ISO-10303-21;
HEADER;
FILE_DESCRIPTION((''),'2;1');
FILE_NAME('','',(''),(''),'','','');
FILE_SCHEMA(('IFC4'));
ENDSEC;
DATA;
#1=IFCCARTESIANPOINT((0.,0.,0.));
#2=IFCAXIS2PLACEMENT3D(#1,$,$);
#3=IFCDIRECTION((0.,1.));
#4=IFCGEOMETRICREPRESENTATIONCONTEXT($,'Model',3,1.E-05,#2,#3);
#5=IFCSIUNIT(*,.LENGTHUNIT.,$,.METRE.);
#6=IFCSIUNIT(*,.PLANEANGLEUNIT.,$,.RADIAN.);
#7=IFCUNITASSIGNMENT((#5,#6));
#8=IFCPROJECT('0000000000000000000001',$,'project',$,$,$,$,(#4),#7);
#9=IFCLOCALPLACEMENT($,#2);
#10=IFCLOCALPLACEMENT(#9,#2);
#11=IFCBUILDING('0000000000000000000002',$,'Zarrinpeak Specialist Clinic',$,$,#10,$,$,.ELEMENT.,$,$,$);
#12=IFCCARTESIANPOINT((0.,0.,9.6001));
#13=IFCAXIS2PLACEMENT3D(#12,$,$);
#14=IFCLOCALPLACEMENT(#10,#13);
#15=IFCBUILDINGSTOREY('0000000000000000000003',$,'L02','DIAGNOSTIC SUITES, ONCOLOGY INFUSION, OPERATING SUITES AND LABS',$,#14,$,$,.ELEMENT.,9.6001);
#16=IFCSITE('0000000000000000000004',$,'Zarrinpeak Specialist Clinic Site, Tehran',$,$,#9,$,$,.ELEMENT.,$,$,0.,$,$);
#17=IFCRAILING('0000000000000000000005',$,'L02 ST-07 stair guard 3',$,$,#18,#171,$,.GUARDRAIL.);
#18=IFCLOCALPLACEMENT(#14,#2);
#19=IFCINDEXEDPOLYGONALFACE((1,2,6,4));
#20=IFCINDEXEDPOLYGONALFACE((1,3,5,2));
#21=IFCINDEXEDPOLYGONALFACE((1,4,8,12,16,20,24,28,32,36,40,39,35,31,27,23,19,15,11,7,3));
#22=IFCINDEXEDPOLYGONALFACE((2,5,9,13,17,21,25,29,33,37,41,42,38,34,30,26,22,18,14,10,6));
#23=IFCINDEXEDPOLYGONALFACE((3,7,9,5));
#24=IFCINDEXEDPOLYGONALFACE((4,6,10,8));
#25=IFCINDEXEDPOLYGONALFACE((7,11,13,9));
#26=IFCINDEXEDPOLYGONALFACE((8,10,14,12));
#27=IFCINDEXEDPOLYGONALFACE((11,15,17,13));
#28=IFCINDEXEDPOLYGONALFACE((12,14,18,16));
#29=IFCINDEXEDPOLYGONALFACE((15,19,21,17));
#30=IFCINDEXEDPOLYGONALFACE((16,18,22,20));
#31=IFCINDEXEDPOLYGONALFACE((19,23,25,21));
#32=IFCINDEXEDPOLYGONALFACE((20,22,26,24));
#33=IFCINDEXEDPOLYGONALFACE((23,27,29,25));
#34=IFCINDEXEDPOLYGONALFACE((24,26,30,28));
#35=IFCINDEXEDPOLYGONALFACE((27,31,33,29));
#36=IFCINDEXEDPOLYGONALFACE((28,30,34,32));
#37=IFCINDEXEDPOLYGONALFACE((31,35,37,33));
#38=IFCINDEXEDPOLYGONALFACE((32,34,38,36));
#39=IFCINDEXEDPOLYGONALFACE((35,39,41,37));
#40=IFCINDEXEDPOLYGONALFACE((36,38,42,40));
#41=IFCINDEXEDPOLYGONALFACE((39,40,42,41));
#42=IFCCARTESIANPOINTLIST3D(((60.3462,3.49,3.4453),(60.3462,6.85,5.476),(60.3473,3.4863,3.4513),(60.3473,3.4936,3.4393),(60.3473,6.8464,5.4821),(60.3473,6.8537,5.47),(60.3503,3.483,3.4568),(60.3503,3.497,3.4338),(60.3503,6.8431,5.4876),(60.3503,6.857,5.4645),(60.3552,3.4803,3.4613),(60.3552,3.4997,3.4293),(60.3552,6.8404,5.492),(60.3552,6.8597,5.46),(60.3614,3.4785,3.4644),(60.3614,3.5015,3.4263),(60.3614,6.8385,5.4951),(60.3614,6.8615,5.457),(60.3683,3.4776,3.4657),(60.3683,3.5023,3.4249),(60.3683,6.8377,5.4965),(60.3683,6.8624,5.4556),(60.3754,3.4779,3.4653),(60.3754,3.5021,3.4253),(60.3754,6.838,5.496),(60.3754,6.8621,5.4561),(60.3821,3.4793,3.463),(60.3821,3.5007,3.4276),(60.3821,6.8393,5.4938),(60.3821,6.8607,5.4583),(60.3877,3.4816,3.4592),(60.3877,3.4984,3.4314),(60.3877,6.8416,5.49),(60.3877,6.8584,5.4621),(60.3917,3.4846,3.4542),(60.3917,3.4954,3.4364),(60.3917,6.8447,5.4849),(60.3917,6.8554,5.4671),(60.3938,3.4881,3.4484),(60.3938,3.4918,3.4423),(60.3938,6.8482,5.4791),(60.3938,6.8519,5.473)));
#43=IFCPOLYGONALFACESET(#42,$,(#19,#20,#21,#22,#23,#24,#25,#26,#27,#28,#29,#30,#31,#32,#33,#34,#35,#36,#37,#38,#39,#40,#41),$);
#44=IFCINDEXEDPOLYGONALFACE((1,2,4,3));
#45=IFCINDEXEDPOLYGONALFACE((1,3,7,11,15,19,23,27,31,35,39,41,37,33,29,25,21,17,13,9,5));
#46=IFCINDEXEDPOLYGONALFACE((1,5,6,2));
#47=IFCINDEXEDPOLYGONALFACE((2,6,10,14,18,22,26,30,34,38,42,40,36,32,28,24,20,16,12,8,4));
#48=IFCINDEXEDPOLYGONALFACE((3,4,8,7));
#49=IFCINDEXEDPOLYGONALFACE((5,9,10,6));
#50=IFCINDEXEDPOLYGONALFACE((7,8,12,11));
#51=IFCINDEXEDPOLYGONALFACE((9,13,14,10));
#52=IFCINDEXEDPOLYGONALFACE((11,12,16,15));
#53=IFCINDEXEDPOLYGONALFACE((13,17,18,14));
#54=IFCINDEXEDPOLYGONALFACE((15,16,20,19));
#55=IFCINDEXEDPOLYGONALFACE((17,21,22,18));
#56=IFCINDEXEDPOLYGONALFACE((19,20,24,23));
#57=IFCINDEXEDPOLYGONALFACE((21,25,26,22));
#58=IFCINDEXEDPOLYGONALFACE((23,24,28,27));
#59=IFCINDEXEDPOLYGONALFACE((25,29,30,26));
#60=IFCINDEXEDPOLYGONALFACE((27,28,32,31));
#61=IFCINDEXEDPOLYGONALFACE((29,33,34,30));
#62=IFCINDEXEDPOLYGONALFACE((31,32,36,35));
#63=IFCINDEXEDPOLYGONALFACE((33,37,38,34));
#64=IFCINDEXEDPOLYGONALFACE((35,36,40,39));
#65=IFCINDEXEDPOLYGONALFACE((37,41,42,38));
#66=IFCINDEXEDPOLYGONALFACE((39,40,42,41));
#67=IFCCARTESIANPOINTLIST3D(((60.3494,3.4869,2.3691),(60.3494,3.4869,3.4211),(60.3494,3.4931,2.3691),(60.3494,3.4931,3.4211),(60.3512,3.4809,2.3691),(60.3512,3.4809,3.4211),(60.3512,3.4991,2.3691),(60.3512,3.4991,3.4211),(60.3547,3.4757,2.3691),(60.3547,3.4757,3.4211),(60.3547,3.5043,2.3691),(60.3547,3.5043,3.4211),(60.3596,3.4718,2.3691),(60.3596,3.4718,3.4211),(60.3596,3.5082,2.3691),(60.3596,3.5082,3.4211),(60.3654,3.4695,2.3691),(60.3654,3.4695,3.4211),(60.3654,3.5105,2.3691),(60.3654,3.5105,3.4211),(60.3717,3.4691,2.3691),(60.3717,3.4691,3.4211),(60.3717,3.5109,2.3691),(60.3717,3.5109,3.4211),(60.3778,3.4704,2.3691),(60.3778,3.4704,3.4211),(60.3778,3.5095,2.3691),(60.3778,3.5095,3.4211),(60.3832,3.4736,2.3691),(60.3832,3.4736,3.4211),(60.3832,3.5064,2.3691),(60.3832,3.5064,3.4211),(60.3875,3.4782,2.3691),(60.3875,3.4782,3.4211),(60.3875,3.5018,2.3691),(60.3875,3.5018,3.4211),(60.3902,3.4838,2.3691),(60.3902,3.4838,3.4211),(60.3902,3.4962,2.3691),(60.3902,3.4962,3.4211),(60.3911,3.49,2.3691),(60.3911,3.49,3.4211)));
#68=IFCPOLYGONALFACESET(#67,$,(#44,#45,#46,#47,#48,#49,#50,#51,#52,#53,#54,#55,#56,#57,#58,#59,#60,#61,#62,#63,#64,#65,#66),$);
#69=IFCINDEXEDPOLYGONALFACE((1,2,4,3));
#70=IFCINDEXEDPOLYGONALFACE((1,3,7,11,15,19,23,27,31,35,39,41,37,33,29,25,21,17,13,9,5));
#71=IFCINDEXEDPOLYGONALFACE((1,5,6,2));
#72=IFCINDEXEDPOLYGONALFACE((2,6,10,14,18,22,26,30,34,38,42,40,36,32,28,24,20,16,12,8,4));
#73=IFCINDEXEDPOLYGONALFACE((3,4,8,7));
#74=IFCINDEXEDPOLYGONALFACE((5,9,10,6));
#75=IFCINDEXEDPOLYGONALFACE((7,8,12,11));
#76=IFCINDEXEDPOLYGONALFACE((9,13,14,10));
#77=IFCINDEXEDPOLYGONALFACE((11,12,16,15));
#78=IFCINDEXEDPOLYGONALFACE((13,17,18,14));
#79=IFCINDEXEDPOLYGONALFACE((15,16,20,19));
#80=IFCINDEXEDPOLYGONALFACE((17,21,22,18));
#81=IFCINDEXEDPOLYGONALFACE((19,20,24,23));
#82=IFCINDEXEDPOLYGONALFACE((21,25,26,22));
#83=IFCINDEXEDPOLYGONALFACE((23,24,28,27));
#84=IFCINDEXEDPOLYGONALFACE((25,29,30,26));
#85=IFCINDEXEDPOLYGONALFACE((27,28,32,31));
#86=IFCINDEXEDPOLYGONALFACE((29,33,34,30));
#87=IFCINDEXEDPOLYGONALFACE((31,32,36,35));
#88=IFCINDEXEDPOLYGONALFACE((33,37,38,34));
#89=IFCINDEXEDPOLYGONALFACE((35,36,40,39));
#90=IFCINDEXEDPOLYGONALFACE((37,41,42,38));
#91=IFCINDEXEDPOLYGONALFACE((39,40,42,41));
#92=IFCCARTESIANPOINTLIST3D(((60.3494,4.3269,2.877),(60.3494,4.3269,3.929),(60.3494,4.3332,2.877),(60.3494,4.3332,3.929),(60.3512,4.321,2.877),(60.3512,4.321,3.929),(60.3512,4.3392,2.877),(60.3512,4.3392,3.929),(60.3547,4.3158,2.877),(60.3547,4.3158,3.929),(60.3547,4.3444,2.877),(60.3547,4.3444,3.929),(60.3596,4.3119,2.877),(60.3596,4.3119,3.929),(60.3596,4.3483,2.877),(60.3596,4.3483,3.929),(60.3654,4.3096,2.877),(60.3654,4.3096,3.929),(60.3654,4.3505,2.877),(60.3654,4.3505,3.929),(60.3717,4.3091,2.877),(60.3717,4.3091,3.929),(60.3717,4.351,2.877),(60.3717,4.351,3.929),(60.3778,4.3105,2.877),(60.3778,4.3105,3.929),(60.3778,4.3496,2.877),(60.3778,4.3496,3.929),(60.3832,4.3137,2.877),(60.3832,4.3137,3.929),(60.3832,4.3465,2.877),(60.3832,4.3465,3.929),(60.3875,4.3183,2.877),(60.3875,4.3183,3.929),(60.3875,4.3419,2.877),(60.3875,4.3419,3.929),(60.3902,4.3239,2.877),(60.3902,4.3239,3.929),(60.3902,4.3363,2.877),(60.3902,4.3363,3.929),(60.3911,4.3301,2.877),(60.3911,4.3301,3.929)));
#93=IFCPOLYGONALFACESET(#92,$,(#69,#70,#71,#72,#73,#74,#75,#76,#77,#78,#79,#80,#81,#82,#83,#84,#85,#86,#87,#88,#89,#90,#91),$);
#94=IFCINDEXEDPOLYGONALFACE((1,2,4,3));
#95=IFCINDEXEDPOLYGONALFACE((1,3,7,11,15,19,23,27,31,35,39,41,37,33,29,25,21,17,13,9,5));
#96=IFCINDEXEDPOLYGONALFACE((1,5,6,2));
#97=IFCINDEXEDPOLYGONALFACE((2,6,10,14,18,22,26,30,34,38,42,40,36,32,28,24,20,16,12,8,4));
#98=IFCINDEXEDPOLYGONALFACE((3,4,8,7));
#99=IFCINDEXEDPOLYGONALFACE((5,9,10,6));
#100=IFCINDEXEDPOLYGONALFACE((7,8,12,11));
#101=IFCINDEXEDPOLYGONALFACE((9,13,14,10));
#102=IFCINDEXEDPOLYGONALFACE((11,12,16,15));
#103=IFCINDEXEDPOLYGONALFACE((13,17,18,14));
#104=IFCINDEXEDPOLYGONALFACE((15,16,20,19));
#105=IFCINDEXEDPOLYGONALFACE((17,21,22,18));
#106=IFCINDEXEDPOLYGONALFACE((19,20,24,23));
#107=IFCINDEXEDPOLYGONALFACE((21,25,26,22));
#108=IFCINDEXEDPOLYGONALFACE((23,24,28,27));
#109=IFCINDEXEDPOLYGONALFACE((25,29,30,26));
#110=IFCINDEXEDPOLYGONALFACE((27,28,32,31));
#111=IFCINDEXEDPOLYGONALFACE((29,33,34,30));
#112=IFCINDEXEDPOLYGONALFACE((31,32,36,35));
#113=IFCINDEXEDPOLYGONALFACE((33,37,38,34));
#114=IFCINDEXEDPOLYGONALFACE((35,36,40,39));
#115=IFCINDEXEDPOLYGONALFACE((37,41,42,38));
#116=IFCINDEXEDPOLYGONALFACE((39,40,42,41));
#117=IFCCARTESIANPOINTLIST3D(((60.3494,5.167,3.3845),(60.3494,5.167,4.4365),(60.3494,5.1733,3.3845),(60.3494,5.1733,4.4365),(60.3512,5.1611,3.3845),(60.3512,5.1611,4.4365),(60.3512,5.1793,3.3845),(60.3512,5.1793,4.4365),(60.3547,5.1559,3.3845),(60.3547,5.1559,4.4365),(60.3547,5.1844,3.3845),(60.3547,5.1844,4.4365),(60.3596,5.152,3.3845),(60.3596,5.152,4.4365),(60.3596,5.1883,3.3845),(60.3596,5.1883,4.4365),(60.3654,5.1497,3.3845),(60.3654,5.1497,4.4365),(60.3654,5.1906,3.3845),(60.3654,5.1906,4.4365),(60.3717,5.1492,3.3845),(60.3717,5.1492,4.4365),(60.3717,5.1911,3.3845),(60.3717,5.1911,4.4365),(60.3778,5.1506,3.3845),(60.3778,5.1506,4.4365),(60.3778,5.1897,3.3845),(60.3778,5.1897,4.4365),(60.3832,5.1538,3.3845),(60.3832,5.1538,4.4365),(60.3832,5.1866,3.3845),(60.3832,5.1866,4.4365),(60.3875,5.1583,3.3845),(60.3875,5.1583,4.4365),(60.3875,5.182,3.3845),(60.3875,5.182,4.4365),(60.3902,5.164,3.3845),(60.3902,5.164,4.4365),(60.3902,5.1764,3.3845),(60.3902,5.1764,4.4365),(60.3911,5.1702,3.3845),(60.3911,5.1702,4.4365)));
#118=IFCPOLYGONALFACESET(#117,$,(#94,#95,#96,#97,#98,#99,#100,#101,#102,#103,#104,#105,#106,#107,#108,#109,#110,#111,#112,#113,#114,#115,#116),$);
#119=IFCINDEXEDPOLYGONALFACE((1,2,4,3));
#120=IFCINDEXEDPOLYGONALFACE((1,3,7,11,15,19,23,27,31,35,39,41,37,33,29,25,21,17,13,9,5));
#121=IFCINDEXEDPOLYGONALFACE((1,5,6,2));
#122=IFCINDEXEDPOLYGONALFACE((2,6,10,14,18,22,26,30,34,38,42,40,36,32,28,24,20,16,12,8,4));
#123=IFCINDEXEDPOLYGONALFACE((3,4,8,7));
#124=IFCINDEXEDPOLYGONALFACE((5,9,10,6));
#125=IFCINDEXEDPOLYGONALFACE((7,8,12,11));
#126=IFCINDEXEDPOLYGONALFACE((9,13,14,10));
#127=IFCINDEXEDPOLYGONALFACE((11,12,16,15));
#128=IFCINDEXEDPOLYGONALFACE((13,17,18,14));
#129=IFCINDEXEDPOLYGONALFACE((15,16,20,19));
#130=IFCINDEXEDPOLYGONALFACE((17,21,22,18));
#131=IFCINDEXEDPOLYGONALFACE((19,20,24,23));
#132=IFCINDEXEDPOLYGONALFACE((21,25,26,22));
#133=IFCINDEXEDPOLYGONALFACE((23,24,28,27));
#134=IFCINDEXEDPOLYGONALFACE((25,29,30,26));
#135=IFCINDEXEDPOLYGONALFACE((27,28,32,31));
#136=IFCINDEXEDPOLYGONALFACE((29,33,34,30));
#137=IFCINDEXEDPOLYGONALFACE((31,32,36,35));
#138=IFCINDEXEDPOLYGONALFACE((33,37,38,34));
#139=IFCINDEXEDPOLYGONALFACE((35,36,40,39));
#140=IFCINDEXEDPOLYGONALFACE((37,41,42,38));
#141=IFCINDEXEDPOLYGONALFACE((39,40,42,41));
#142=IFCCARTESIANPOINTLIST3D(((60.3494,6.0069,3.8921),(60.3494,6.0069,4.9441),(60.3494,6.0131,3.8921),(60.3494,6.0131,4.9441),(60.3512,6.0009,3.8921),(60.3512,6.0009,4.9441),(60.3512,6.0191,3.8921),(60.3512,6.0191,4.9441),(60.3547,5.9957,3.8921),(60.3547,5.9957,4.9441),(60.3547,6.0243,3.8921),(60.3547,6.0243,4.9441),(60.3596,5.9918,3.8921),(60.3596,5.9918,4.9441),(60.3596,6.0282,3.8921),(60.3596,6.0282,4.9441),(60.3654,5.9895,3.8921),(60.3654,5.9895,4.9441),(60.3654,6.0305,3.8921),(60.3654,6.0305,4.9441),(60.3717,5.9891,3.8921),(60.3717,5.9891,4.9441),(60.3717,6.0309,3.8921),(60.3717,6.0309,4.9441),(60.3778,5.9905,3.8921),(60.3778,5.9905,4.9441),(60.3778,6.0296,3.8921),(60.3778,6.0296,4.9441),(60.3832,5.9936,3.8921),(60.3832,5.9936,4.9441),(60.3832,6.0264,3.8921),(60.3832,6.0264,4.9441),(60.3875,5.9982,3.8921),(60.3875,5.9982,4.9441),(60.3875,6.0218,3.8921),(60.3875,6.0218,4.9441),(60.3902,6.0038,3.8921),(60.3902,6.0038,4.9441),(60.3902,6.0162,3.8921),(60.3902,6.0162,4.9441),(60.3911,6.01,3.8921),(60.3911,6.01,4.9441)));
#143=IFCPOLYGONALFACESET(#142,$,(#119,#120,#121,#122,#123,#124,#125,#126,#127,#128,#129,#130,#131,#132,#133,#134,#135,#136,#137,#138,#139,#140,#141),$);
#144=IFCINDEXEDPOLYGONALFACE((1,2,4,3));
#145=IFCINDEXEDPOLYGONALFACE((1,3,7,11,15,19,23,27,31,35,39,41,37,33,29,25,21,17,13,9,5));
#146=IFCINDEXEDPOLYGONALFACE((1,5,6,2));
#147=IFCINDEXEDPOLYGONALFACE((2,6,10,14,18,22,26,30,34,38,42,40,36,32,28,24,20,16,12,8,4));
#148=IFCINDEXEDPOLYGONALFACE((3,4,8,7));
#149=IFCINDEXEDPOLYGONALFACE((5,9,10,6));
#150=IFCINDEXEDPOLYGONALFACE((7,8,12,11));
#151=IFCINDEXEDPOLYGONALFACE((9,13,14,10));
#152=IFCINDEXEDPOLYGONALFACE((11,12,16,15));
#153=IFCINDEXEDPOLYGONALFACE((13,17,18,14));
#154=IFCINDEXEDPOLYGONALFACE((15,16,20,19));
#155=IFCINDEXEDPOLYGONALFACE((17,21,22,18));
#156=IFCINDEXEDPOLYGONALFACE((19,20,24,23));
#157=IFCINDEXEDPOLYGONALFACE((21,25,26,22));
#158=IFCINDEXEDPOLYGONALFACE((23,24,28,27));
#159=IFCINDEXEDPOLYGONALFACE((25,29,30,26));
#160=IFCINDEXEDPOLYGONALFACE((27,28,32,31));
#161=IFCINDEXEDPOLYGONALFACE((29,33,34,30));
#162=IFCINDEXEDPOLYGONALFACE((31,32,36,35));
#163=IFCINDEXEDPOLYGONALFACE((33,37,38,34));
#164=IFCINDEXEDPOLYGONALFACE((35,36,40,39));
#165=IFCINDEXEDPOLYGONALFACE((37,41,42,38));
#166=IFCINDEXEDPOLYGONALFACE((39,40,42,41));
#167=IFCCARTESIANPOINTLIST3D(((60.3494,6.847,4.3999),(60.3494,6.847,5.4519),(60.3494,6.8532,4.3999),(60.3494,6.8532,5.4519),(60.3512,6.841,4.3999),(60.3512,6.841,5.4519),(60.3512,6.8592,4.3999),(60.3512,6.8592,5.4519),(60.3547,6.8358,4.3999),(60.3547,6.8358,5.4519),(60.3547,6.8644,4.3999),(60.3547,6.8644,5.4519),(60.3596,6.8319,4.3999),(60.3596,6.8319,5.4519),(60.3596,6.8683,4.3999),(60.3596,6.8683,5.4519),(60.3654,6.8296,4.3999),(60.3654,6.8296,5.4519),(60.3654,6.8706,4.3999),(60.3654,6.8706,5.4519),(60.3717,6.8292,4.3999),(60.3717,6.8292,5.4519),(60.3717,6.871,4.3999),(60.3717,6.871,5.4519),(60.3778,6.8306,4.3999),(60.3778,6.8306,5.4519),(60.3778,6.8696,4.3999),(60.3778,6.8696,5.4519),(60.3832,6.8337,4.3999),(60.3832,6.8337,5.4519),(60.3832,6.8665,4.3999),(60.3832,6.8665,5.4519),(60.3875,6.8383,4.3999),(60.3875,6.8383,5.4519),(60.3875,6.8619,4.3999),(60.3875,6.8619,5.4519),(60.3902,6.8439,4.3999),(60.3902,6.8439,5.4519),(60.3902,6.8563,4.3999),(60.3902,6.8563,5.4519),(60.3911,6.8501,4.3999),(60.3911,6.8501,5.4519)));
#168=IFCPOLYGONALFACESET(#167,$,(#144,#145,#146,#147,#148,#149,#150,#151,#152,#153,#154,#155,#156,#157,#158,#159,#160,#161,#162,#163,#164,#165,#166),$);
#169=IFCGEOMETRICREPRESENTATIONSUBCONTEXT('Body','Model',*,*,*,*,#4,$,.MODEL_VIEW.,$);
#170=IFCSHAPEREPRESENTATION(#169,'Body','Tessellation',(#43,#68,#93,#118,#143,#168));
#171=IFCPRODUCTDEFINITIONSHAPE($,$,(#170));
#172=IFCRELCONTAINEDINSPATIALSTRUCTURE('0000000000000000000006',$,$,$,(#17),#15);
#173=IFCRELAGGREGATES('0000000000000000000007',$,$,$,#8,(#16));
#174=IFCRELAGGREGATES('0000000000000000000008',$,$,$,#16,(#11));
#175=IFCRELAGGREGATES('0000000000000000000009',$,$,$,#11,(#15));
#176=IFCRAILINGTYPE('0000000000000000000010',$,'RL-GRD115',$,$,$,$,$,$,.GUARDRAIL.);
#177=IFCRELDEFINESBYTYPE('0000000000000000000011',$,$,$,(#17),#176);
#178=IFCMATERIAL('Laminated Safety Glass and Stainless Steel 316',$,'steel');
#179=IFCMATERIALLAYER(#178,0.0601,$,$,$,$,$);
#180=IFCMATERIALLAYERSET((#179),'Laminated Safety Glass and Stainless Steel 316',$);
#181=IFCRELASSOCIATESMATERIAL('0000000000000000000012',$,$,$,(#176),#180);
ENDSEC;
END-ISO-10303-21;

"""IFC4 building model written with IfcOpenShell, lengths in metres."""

from ifc_helpers import new_model, si_unit, direction, frame, origin, origin_2d, place, context, subcontext, project, spatial, circle, extrude, material, layer, layer_set, type_object, element, save


model = new_model("IFC4")

# Units and contexts
model_context = context("Model", 3, precision=1e-05, world=origin(), true_north=direction((0.0, 1.0)))
body_context = subcontext(model_context, "Body", "Model", "MODEL_VIEW")
ifc_project = project(units=[si_unit("LENGTHUNIT", "METRE"), si_unit("PLANEANGLEUNIT", "RADIAN")], contexts=[model_context])

# Site, building, storey
site_placement = place(None, origin())
site = spatial("IfcSite", under=ifc_project, at=site_placement, Name="Zarrinpeak Specialist Clinic Site, Tehran", CompositionType="ELEMENT", RefElevation=0.0)
building_placement = place(site_placement, origin())
building = spatial("IfcBuilding", under=site, at=building_placement, Name="Zarrinpeak Specialist Clinic", CompositionType="ELEMENT")
storey_placement = place(building_placement, frame((0.0, 0.0, 9.6001)))
storey = spatial("IfcBuildingStorey", under=building, at=storey_placement, Name="L02", Description="DIAGNOSTIC SUITES, ONCOLOGY INFUSION, OPERATING SUITES AND LABS", CompositionType="ELEMENT", Elevation=9.6001)

# Railing
ifc_material_1 = material(Name="Laminated Safety Glass and Stainless Steel 316", Category="steel")
ifc_layer_1 = layer(ifc_material_1, 0.0601)
ifc_layer_set_1 = layer_set([ifc_layer_1], Name="Laminated Safety Glass and Stainless Steel 316")
railing_type_1 = type_object("IfcRailingType", Name="RL-GRD115", PredefinedType="GUARDRAIL", material=ifc_layer_set_1)
railing_1_placement = place(storey_placement, frame((60.3701, 3.49, 2.3691)))
element("IfcRailing", 1, at=railing_1_placement, inside=storey, type_object=railing_type_1, Name="L02 ST-07 stair guard 3", PredefinedType="GUARDRAIL", context=body_context, shape_type="SweptSolid", body=[
    extrude(circle(Radius=0.0239, at=origin_2d()), frame((0.0, 0.0, 1.0762), z_axis=(0.0, 0.855837, 0.517246), x_axis=(-1.0, 0.0, 0.0)), (0.0, 0.0, 1.0), 3.926),
    extrude(circle(Radius=0.021, at=origin_2d()), origin(), (0.0, 0.0, 1.0), 1.052),
    extrude(circle(Radius=0.021, at=origin_2d()), frame((0.0, 0.8401, 0.5078)), (0.0, 0.0, 1.0), 1.052),
    extrude(circle(Radius=0.021, at=origin_2d()), frame((0.0, 1.6802, 1.0154)), (0.0, 0.0, 1.0), 1.052),
    extrude(circle(Radius=0.021, at=origin_2d()), frame((0.0, 2.52, 1.5229)), (0.0, 0.0, 1.0), 1.052),
    extrude(circle(Radius=0.021, at=origin_2d()), frame((0.0, 3.3601, 2.0308)), (0.0, 0.0, 1.0), 1.052),
])

save(model, "model.ifc")
